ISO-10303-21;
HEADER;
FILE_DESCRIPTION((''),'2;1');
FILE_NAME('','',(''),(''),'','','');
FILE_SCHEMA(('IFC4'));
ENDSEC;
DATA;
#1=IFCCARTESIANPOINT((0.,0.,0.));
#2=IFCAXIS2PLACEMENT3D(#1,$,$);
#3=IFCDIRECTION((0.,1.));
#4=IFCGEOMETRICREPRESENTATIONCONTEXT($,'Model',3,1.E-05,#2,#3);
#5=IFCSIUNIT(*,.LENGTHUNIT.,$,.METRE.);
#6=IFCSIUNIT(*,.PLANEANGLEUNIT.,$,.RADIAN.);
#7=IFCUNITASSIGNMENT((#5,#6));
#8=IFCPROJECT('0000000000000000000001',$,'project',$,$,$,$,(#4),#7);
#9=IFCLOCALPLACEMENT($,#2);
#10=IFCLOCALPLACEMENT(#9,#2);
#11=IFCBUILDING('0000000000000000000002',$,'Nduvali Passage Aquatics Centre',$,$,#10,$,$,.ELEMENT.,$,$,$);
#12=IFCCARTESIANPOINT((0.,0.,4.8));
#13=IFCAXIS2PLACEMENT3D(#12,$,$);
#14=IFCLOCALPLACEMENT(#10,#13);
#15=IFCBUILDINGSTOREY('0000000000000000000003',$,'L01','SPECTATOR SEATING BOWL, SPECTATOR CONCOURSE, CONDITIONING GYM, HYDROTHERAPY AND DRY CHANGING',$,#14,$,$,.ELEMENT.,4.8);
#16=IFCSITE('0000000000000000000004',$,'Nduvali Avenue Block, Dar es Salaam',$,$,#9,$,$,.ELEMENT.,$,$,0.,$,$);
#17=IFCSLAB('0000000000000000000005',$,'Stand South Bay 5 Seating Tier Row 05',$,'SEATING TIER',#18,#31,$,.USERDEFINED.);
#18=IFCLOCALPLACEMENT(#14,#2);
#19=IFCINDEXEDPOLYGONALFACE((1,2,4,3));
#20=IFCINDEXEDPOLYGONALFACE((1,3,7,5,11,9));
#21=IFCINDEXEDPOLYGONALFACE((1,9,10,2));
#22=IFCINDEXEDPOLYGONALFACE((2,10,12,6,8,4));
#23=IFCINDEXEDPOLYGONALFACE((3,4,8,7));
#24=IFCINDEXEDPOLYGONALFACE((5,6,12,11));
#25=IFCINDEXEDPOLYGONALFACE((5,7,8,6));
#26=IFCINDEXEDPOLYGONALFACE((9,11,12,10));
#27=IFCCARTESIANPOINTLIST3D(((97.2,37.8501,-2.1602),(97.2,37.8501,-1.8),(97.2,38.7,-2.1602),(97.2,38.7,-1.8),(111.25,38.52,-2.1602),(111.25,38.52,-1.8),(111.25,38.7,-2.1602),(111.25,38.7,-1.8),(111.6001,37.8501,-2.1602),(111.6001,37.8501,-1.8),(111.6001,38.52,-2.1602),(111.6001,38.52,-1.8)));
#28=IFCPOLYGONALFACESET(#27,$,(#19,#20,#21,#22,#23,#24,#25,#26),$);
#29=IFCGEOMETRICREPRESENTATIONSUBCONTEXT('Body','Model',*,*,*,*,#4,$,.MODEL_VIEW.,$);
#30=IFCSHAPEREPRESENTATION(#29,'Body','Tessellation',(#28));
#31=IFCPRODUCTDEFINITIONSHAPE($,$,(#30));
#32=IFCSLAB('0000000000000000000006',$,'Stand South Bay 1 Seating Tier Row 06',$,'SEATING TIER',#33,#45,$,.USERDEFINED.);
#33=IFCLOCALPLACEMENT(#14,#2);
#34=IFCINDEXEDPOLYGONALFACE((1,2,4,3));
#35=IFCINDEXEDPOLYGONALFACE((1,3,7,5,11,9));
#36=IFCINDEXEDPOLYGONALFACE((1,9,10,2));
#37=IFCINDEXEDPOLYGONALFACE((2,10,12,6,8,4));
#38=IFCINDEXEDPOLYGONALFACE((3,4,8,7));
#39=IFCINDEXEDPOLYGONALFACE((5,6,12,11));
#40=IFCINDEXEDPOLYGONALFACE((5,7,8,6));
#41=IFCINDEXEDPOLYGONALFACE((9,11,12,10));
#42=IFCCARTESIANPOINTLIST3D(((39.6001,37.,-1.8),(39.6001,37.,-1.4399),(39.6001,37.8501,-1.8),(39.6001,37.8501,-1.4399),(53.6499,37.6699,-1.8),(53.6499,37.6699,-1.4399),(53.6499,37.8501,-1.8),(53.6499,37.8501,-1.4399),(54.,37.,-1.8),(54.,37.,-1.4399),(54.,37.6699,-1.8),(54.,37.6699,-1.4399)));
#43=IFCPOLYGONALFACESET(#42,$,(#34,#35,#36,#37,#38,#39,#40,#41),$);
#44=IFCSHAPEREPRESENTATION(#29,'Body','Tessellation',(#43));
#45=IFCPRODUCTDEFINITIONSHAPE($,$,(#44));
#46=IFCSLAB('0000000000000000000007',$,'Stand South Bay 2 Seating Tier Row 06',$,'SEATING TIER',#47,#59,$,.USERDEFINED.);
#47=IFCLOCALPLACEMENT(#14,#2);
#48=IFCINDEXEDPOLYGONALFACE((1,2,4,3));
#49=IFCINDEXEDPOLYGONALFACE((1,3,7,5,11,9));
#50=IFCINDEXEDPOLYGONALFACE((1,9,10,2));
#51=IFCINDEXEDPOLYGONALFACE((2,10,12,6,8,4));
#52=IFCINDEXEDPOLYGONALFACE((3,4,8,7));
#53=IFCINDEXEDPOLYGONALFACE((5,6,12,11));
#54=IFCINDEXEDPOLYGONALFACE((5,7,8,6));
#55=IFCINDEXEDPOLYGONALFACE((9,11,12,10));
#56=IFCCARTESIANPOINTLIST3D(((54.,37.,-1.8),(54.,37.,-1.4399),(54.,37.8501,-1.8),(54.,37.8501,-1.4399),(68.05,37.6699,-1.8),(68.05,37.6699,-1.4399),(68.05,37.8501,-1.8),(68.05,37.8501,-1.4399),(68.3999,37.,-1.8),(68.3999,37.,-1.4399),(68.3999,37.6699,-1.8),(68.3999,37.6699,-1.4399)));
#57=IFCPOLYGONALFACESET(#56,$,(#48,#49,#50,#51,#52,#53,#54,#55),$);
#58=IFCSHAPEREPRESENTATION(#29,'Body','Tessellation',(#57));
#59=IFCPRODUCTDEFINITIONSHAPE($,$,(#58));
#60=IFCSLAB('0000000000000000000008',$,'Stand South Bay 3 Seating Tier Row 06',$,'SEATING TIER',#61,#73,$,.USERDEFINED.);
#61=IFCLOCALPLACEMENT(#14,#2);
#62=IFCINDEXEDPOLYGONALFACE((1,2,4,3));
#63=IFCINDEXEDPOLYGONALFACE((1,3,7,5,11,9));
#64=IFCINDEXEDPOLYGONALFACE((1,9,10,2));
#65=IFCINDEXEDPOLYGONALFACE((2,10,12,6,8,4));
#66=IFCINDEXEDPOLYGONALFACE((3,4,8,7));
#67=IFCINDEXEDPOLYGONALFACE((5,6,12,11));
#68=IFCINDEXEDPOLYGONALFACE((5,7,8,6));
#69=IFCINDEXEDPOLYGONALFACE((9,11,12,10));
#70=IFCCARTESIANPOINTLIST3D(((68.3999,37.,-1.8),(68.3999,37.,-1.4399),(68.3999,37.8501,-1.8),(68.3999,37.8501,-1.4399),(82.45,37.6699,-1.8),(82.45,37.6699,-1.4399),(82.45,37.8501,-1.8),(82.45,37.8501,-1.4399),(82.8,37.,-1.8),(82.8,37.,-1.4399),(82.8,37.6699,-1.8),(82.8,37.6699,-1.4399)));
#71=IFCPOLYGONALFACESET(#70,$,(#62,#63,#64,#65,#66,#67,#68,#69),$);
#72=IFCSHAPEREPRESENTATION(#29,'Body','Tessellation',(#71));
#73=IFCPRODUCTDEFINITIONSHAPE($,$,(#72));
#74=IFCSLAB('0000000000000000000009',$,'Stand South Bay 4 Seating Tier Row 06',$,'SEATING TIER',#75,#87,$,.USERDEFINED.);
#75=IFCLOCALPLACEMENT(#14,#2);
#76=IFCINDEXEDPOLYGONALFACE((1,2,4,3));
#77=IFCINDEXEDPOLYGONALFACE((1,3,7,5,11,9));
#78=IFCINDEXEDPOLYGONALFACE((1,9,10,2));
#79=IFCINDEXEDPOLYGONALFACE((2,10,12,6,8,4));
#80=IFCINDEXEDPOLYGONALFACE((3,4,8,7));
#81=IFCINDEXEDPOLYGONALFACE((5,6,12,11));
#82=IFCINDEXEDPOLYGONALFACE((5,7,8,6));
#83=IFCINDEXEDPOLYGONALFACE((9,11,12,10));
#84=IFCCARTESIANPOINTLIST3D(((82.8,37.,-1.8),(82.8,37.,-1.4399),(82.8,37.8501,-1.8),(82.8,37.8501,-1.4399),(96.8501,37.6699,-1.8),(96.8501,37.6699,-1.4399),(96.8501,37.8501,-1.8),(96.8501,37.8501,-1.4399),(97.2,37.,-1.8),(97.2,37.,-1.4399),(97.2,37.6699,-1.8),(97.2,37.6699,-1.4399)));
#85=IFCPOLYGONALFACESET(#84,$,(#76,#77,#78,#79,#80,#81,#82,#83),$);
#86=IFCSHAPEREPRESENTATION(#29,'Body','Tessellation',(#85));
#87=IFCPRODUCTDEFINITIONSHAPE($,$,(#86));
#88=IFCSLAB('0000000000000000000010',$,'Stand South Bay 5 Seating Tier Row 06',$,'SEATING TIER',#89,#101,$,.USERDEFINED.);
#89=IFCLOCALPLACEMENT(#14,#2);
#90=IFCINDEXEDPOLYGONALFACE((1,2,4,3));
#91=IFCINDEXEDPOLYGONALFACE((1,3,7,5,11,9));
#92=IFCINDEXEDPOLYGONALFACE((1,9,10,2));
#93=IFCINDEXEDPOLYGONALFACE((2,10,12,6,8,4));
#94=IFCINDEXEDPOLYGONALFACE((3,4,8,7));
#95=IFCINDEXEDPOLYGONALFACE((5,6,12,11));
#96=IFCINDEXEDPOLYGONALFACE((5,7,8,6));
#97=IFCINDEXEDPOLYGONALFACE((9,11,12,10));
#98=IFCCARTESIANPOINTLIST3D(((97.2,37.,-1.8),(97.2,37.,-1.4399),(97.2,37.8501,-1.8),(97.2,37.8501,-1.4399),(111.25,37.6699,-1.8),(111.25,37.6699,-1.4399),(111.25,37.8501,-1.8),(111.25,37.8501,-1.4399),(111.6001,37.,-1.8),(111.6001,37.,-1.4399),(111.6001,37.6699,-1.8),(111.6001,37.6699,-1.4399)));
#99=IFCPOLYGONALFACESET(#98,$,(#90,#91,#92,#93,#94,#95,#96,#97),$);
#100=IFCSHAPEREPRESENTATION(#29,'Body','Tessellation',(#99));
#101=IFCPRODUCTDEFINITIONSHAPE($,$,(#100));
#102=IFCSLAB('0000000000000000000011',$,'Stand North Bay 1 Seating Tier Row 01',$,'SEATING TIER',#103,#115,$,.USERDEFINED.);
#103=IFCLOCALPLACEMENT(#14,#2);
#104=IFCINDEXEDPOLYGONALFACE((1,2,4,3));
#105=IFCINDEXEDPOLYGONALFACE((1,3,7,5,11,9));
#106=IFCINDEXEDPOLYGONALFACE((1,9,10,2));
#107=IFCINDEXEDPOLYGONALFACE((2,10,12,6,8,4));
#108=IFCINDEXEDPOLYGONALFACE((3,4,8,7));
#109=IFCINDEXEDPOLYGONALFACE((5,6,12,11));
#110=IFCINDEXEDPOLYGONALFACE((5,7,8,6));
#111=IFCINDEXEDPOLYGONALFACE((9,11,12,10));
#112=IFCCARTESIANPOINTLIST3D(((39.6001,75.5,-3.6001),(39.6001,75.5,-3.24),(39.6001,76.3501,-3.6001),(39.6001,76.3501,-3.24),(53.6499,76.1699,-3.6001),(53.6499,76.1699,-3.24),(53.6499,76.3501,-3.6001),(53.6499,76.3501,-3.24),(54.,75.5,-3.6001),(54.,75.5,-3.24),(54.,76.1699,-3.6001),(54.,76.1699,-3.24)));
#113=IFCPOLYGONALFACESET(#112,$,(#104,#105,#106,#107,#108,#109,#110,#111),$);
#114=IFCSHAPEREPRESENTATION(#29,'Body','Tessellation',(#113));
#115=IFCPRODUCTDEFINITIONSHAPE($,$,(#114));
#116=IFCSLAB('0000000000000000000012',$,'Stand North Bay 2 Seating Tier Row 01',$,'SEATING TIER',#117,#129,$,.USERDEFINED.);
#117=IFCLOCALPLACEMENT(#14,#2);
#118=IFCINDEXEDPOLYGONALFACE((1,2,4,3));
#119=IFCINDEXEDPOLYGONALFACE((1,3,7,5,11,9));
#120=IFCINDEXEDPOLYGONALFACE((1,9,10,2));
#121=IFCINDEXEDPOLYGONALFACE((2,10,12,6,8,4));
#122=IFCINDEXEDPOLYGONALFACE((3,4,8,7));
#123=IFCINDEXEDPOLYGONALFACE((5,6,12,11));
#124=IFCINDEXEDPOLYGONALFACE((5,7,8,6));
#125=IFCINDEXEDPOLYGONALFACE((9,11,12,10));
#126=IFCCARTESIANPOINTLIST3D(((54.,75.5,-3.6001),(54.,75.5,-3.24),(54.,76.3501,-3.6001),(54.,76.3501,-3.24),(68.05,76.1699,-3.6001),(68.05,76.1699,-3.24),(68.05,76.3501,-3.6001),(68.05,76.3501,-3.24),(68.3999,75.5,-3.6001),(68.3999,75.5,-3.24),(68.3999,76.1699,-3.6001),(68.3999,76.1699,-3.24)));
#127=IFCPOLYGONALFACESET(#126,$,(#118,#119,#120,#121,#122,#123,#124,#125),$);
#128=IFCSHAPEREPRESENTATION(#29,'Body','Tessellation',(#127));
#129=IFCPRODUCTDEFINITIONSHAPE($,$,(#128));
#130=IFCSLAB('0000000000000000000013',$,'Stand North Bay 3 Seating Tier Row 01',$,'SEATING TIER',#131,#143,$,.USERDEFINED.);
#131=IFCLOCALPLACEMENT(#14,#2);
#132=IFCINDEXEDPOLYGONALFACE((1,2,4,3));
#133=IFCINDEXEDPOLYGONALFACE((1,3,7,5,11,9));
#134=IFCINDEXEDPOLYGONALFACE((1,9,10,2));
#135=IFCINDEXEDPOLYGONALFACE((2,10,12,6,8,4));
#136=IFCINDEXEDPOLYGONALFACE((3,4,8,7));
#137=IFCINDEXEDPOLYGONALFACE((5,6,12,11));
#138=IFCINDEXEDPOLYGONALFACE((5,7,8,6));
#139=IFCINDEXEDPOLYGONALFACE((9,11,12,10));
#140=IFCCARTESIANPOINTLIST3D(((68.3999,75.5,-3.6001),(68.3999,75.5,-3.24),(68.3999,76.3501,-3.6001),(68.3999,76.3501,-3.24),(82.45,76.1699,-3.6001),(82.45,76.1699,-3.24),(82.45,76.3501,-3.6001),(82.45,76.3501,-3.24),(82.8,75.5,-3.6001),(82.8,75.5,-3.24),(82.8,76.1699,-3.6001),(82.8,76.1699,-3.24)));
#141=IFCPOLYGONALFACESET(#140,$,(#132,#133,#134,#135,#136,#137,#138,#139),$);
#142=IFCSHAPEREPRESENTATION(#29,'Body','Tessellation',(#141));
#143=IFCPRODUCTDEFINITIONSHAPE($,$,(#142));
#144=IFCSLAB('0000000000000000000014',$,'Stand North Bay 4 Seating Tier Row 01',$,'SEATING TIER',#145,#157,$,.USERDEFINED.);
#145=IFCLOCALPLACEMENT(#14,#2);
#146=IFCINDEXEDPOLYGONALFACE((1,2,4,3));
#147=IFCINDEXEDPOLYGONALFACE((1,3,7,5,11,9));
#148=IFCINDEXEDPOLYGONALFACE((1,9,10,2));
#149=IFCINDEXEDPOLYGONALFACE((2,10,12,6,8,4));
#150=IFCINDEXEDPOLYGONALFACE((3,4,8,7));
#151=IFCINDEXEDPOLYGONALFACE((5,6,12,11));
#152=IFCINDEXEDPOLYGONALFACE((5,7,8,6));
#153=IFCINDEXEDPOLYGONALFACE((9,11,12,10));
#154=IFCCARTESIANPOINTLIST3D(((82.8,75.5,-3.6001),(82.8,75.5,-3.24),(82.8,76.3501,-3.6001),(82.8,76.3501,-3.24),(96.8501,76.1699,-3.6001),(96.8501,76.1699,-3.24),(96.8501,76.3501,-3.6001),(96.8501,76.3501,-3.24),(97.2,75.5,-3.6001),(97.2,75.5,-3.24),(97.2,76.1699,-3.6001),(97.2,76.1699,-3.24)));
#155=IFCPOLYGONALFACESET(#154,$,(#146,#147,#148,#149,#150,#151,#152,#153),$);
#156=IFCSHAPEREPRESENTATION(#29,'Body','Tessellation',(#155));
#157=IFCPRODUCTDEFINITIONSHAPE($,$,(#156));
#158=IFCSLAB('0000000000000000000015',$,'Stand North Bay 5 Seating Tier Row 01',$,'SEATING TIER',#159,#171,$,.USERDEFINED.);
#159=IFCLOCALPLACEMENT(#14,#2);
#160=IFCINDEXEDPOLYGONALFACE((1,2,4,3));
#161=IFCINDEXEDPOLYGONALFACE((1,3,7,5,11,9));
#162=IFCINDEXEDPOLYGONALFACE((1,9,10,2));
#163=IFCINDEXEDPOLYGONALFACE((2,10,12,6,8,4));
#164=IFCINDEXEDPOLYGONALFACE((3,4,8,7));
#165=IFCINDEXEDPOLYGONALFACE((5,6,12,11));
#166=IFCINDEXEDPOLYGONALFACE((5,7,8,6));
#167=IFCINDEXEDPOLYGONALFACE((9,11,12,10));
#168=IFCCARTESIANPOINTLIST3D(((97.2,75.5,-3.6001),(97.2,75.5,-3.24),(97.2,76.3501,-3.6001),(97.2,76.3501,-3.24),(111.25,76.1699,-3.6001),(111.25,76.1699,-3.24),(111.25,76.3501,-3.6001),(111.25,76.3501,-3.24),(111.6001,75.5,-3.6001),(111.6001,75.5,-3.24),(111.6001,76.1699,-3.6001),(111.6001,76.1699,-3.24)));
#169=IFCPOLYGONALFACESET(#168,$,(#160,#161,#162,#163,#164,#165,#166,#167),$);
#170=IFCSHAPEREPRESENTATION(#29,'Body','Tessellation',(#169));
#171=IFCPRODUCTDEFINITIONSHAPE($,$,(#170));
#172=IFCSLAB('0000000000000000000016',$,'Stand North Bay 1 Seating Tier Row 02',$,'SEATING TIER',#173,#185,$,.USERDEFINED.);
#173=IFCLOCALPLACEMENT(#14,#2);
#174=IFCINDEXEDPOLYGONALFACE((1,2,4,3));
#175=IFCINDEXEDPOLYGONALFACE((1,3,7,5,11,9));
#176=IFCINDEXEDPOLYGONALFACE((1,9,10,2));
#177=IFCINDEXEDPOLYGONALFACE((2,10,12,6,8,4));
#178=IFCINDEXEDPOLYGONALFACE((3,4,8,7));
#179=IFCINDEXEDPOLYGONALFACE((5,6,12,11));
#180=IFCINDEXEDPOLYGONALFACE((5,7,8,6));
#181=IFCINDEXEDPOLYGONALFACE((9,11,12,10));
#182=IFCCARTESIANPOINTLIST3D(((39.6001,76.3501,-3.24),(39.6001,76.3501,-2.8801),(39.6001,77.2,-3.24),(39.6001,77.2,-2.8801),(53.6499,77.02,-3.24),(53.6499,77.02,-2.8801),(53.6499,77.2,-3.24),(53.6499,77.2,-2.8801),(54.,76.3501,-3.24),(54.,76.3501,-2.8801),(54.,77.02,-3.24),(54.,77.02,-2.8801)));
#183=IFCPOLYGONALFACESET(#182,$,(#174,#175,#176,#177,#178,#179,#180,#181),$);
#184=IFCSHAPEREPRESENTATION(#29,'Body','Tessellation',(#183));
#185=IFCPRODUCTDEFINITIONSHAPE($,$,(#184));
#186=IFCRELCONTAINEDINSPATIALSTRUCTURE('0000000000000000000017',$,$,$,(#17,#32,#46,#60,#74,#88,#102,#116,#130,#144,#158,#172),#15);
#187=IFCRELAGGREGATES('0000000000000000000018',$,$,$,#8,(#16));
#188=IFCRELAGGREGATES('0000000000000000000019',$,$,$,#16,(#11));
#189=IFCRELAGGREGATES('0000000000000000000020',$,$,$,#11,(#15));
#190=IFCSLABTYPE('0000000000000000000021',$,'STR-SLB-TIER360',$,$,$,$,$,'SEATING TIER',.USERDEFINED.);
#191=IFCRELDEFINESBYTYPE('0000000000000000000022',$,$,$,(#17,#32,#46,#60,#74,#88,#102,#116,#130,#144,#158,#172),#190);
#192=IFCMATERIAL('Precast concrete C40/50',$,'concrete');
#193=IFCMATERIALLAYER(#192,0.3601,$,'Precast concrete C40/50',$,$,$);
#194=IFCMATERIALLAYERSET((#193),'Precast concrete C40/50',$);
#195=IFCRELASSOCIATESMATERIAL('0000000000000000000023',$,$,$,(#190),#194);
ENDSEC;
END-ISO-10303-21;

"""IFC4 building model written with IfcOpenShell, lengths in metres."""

from ifc_helpers import new_model, si_unit, direction, frame, origin, place, context, subcontext, project, spatial, polyline, outline, extrude, material, layer, layer_set, type_object, element, save


model = new_model("IFC4")

# Units and contexts
model_context = context("Model", 3, precision=1e-05, world=origin(), true_north=direction((0.0, 1.0)))
body_context = subcontext(model_context, "Body", "Model", "MODEL_VIEW")
ifc_project = project(units=[si_unit("LENGTHUNIT", "METRE"), si_unit("PLANEANGLEUNIT", "RADIAN")], contexts=[model_context])

# Site, building, storey
site_placement = place(None, origin())
site = spatial("IfcSite", under=ifc_project, at=site_placement, Name="Nduvali Avenue Block, Dar es Salaam", CompositionType="ELEMENT", RefElevation=0.0)
building_placement = place(site_placement, origin())
building = spatial("IfcBuilding", under=site, at=building_placement, Name="Nduvali Passage Aquatics Centre", CompositionType="ELEMENT")
storey_placement = place(building_placement, frame((0.0, 0.0, 4.8)))
storey = spatial("IfcBuildingStorey", under=building, at=storey_placement, Name="L01", Description="SPECTATOR SEATING BOWL, SPECTATOR CONCOURSE, CONDITIONING GYM, HYDROTHERAPY AND DRY CHANGING", CompositionType="ELEMENT", Elevation=4.8)

# Slabs
ifc_material = material(Name="Precast concrete C40/50", Category="concrete")
ifc_layer = layer(ifc_material, 0.3601, Name="Precast concrete C40/50")
ifc_layer_set = layer_set([ifc_layer], Name="Precast concrete C40/50")
slab_type = type_object("IfcSlabType", Name="STR-SLB-TIER360", ElementType="SEATING TIER", PredefinedType="USERDEFINED", material=ifc_layer_set)
slab_1_placement = place(storey_placement, frame((0.0, 0.0, -2.1602)))
element("IfcSlab", 1, at=slab_1_placement, inside=storey, type_object=slab_type, Name="Stand South Bay 5 Seating Tier Row 05", ObjectType="SEATING TIER", PredefinedType="USERDEFINED", context=body_context, shape_type="SweptSolid", body=[
    extrude(outline(polyline([(97.2, 37.8501), (111.6001, 37.8501), (111.6001, 38.52), (111.25, 38.52), (111.25, 38.7), (97.2, 38.7), (97.2, 37.8501)])), origin(), (0.0, 0.0, 1.0), 0.3601),
])
slab_2_placement = place(storey_placement, frame((0.0, 0.0, -1.8)))
element("IfcSlab", 2, at=slab_2_placement, inside=storey, type_object=slab_type, Name="Stand South Bay 1 Seating Tier Row 06", ObjectType="SEATING TIER", PredefinedType="USERDEFINED", context=body_context, shape_type="SweptSolid", body=[
    extrude(outline(polyline([(39.6001, 37.0), (54.0, 37.0), (54.0, 37.6699), (53.6499, 37.6699), (53.6499, 37.8501), (39.6001, 37.8501), (39.6001, 37.0)])), origin(), (0.0, 0.0, 1.0), 0.3601),
])
slab_3_placement = place(storey_placement, frame((0.0, 0.0, -1.8)))
element("IfcSlab", 3, at=slab_3_placement, inside=storey, type_object=slab_type, Name="Stand South Bay 2 Seating Tier Row 06", ObjectType="SEATING TIER", PredefinedType="USERDEFINED", context=body_context, shape_type="SweptSolid", body=[
    extrude(outline(polyline([(54.0, 37.0), (68.3999, 37.0), (68.3999, 37.6699), (68.05, 37.6699), (68.05, 37.8501), (54.0, 37.8501), (54.0, 37.0)])), origin(), (0.0, 0.0, 1.0), 0.3601),
])
slab_4_placement = place(storey_placement, frame((0.0, 0.0, -1.8)))
element("IfcSlab", 4, at=slab_4_placement, inside=storey, type_object=slab_type, Name="Stand South Bay 3 Seating Tier Row 06", ObjectType="SEATING TIER", PredefinedType="USERDEFINED", context=body_context, shape_type="SweptSolid", body=[
    extrude(outline(polyline([(68.3999, 37.0), (82.8, 37.0), (82.8, 37.6699), (82.45, 37.6699), (82.45, 37.8501), (68.3999, 37.8501), (68.3999, 37.0)])), origin(), (0.0, 0.0, 1.0), 0.3601),
])
slab_5_placement = place(storey_placement, frame((0.0, 0.0, -1.8)))
element("IfcSlab", 5, at=slab_5_placement, inside=storey, type_object=slab_type, Name="Stand South Bay 4 Seating Tier Row 06", ObjectType="SEATING TIER", PredefinedType="USERDEFINED", context=body_context, shape_type="SweptSolid", body=[
    extrude(outline(polyline([(82.8, 37.0), (97.2, 37.0), (97.2, 37.6699), (96.8501, 37.6699), (96.8501, 37.8501), (82.8, 37.8501), (82.8, 37.0)])), origin(), (0.0, 0.0, 1.0), 0.3601),
])
slab_6_placement = place(storey_placement, frame((0.0, 0.0, -1.8)))
element("IfcSlab", 6, at=slab_6_placement, inside=storey, type_object=slab_type, Name="Stand South Bay 5 Seating Tier Row 06", ObjectType="SEATING TIER", PredefinedType="USERDEFINED", context=body_context, shape_type="SweptSolid", body=[
    extrude(outline(polyline([(97.2, 37.0), (111.6001, 37.0), (111.6001, 37.6699), (111.25, 37.6699), (111.25, 37.8501), (97.2, 37.8501), (97.2, 37.0)])), origin(), (0.0, 0.0, 1.0), 0.3601),
])
slab_7_placement = place(storey_placement, frame((0.0, 0.0, -3.6001)))
element("IfcSlab", 7, at=slab_7_placement, inside=storey, type_object=slab_type, Name="Stand North Bay 1 Seating Tier Row 01", ObjectType="SEATING TIER", PredefinedType="USERDEFINED", context=body_context, shape_type="SweptSolid", body=[
    extrude(outline(polyline([(39.6001, 75.5), (54.0, 75.5), (54.0, 76.1699), (53.6499, 76.1699), (53.6499, 76.3501), (39.6001, 76.3501), (39.6001, 75.5)])), origin(), (0.0, 0.0, 1.0), 0.3601),
])
slab_8_placement = place(storey_placement, frame((0.0, 0.0, -3.6001)))
element("IfcSlab", 8, at=slab_8_placement, inside=storey, type_object=slab_type, Name="Stand North Bay 2 Seating Tier Row 01", ObjectType="SEATING TIER", PredefinedType="USERDEFINED", context=body_context, shape_type="SweptSolid", body=[
    extrude(outline(polyline([(54.0, 75.5), (68.3999, 75.5), (68.3999, 76.1699), (68.05, 76.1699), (68.05, 76.3501), (54.0, 76.3501), (54.0, 75.5)])), origin(), (0.0, 0.0, 1.0), 0.3601),
])
slab_9_placement = place(storey_placement, frame((0.0, 0.0, -3.6001)))
element("IfcSlab", 9, at=slab_9_placement, inside=storey, type_object=slab_type, Name="Stand North Bay 3 Seating Tier Row 01", ObjectType="SEATING TIER", PredefinedType="USERDEFINED", context=body_context, shape_type="SweptSolid", body=[
    extrude(outline(polyline([(68.3999, 75.5), (82.8, 75.5), (82.8, 76.1699), (82.45, 76.1699), (82.45, 76.3501), (68.3999, 76.3501), (68.3999, 75.5)])), origin(), (0.0, 0.0, 1.0), 0.3601),
])
slab_10_placement = place(storey_placement, frame((0.0, 0.0, -3.6001)))
element("IfcSlab", 10, at=slab_10_placement, inside=storey, type_object=slab_type, Name="Stand North Bay 4 Seating Tier Row 01", ObjectType="SEATING TIER", PredefinedType="USERDEFINED", context=body_context, shape_type="SweptSolid", body=[
    extrude(outline(polyline([(82.8, 75.5), (97.2, 75.5), (97.2, 76.1699), (96.8501, 76.1699), (96.8501, 76.3501), (82.8, 76.3501), (82.8, 75.5)])), origin(), (0.0, 0.0, 1.0), 0.3601),
])
slab_11_placement = place(storey_placement, frame((0.0, 0.0, -3.6001)))
element("IfcSlab", 11, at=slab_11_placement, inside=storey, type_object=slab_type, Name="Stand North Bay 5 Seating Tier Row 01", ObjectType="SEATING TIER", PredefinedType="USERDEFINED", context=body_context, shape_type="SweptSolid", body=[
    extrude(outline(polyline([(97.2, 75.5), (111.6001, 75.5), (111.6001, 76.1699), (111.25, 76.1699), (111.25, 76.3501), (97.2, 76.3501), (97.2, 75.5)])), origin(), (0.0, 0.0, 1.0), 0.3601),
])
slab_12_placement = place(storey_placement, frame((0.0, 0.0, -3.24)))
element("IfcSlab", 12, at=slab_12_placement, inside=storey, type_object=slab_type, Name="Stand North Bay 1 Seating Tier Row 02", ObjectType="SEATING TIER", PredefinedType="USERDEFINED", context=body_context, shape_type="SweptSolid", body=[
    extrude(outline(polyline([(39.6001, 76.3501), (54.0, 76.3501), (54.0, 77.02), (53.6499, 77.02), (53.6499, 77.2), (39.6001, 77.2), (39.6001, 76.3501)])), origin(), (0.0, 0.0, 1.0), 0.3599),
])

save(model, "model.ifc")
